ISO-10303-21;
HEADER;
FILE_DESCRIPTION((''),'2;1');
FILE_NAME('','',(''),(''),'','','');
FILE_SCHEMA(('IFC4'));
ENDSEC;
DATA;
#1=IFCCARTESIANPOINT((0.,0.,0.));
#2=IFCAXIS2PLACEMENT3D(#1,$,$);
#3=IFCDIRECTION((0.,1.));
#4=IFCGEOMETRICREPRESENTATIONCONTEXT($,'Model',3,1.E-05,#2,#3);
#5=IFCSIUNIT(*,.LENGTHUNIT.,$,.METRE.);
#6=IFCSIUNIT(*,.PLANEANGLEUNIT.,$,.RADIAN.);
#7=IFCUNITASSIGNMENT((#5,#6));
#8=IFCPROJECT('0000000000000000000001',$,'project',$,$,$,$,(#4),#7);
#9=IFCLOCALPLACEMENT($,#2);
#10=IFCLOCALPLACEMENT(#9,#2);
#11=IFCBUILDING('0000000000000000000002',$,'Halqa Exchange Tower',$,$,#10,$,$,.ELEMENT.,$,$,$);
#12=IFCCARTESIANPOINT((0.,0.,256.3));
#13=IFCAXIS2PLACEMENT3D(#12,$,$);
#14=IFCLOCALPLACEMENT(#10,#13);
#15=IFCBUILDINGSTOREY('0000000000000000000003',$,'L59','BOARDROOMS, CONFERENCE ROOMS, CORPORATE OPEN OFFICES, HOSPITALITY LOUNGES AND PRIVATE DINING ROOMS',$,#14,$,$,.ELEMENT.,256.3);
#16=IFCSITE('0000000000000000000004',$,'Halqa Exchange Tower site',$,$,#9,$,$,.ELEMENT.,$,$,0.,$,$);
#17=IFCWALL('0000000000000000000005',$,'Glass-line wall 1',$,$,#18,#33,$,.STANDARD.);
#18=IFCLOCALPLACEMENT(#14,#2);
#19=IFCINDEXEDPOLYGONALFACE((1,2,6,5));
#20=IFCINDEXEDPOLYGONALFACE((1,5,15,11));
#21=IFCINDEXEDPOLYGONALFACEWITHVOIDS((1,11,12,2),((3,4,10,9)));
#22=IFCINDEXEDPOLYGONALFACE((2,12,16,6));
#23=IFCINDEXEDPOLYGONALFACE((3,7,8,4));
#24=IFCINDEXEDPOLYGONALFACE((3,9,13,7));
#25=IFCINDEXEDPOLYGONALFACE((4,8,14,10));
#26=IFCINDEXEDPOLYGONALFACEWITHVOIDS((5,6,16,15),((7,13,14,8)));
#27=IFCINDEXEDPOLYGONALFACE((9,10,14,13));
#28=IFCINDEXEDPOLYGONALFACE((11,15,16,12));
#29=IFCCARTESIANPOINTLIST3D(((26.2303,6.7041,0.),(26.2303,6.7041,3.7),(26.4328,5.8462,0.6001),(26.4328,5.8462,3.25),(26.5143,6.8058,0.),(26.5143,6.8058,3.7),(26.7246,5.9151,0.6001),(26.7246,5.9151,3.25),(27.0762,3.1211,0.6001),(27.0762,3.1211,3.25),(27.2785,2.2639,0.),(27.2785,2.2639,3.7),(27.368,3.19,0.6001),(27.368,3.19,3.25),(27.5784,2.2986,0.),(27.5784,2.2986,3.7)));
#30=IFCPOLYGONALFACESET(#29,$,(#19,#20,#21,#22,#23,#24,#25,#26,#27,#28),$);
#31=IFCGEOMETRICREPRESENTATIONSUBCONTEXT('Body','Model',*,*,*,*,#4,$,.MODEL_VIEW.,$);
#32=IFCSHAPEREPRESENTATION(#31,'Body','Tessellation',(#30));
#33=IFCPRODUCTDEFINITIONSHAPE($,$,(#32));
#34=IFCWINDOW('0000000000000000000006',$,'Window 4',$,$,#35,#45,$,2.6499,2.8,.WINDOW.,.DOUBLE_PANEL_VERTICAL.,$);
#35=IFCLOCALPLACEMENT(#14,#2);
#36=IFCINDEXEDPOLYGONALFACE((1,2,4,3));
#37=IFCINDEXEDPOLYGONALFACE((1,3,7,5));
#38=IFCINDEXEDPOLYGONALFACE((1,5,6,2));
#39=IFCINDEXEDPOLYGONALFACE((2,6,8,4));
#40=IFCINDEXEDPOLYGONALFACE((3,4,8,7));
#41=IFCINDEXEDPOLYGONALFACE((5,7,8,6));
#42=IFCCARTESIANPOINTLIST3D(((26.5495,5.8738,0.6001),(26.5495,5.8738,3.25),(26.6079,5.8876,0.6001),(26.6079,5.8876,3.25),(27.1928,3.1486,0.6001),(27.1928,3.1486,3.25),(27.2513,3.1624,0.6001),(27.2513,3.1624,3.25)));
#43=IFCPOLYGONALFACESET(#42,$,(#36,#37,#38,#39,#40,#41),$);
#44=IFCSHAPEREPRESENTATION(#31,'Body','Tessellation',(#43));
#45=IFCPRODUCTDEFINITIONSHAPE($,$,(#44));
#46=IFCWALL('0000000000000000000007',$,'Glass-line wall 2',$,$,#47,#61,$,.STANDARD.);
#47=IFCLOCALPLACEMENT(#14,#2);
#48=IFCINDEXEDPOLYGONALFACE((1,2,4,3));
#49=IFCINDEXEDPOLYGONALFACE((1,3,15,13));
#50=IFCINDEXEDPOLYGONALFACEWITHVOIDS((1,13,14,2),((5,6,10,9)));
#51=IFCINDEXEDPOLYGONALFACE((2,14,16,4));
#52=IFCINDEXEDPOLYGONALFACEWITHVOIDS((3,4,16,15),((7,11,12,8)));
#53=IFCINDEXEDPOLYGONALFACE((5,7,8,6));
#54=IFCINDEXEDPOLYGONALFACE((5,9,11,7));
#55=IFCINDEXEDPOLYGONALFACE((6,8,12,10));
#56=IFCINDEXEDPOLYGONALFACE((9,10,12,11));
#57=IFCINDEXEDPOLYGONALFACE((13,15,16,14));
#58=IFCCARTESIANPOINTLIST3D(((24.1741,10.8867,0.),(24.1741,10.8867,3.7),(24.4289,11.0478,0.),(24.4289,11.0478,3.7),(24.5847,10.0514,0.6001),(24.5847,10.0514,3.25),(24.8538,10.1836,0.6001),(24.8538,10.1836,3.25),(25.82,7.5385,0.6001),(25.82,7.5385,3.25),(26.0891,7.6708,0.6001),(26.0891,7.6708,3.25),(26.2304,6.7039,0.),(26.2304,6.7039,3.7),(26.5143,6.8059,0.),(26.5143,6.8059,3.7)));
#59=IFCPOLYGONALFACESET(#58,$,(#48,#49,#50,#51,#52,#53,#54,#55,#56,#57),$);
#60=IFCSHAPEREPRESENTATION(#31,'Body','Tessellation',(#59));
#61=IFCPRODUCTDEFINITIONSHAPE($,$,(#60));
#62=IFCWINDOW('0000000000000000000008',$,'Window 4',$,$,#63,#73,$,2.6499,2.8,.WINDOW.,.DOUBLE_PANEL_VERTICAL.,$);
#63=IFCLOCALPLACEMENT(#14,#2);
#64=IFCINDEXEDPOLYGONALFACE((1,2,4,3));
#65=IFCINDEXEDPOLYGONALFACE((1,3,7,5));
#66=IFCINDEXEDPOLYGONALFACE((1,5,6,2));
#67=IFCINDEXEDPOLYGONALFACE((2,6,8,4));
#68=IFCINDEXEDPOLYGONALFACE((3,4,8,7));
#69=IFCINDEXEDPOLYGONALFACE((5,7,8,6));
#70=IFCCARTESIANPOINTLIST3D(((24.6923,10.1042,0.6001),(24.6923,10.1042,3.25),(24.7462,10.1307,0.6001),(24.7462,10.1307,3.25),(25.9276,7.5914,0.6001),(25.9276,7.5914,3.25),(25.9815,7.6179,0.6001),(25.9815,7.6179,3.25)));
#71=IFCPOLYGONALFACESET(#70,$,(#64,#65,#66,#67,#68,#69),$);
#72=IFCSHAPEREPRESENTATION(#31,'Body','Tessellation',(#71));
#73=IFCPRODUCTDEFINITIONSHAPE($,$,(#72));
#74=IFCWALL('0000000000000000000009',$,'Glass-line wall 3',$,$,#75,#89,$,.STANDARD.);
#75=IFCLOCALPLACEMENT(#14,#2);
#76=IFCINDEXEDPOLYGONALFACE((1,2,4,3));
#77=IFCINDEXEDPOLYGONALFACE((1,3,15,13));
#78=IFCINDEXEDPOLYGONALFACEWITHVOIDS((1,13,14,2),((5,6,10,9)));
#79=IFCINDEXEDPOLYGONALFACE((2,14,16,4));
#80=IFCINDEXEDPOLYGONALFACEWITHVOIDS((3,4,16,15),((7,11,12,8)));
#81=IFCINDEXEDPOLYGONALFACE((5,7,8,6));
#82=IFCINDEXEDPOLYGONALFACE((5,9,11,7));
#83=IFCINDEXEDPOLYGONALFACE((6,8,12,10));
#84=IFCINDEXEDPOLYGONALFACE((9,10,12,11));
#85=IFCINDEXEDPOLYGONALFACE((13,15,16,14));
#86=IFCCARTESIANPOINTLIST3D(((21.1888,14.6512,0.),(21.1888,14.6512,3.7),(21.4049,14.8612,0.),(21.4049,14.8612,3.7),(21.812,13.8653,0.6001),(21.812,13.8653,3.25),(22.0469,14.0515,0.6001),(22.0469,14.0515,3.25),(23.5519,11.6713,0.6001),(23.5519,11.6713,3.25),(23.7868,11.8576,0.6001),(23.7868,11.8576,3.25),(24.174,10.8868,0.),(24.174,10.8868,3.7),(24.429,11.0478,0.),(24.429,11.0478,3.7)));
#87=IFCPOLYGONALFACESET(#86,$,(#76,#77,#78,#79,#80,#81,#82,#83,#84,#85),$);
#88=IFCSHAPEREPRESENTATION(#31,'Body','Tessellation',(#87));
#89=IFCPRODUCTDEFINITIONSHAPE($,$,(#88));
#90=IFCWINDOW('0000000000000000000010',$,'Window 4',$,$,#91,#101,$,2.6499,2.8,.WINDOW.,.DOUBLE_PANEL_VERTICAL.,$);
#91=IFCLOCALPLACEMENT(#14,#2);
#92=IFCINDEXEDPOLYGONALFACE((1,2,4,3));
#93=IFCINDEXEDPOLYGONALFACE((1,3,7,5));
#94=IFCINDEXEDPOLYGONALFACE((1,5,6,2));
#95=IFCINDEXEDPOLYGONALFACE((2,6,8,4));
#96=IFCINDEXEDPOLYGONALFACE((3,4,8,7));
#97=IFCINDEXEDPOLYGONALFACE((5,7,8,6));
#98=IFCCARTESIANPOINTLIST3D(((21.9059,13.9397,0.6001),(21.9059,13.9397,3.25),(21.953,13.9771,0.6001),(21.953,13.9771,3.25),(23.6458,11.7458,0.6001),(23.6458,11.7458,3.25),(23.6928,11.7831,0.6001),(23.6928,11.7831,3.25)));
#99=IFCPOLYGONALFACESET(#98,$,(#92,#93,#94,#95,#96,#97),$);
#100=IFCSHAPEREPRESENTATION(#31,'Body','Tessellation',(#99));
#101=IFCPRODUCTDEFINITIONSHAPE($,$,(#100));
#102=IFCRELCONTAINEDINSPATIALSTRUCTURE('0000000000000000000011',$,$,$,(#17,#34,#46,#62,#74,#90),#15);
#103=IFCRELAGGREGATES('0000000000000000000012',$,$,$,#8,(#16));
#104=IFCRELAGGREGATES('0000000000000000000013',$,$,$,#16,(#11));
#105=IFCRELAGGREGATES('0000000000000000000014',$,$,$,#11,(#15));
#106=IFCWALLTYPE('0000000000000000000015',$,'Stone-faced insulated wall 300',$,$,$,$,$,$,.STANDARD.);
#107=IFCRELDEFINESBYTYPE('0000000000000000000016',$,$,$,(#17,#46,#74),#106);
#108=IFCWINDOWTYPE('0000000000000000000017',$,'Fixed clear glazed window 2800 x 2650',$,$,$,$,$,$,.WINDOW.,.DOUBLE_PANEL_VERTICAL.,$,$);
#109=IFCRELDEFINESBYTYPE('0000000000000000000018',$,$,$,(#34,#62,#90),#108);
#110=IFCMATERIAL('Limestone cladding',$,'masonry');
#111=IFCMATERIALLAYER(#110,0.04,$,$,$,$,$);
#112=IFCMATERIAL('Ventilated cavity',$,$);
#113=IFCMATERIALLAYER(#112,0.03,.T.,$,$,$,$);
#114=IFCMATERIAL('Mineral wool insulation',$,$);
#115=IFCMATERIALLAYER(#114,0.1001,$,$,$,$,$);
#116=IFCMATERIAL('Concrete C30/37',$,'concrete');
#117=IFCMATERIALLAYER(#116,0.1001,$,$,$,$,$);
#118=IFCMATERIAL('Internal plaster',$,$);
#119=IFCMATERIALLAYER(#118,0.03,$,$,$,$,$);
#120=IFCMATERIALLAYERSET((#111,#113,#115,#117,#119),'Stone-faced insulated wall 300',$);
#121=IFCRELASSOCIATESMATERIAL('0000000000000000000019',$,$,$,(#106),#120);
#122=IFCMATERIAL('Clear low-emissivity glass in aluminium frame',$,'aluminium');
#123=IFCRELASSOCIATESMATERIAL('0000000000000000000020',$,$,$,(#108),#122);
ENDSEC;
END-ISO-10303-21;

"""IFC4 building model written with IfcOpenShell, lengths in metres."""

from ifc_helpers import new_model, si_unit, direction, frame, frame_2d, origin, place, context, subcontext, project, spatial, polyline, rectangle, outline, extrude, material, layer, layer_set, type_object, element, fill, save


model = new_model("IFC4")

# Units and contexts
model_context = context("Model", 3, precision=1e-05, world=origin(), true_north=direction((0.0, 1.0)))
body_context = subcontext(model_context, "Body", "Model", "MODEL_VIEW")
ifc_project = project(units=[si_unit("LENGTHUNIT", "METRE"), si_unit("PLANEANGLEUNIT", "RADIAN")], contexts=[model_context])

# Site, building, storey
site_placement = place(None, origin())
site = spatial("IfcSite", under=ifc_project, at=site_placement, Name="Halqa Exchange Tower site", CompositionType="ELEMENT", RefElevation=0.0)
building_placement = place(site_placement, origin())
building = spatial("IfcBuilding", under=site, at=building_placement, Name="Halqa Exchange Tower", CompositionType="ELEMENT")
storey_placement = place(building_placement, frame((0.0, 0.0, 256.3)))
storey = spatial("IfcBuildingStorey", under=building, at=storey_placement, Name="L59", Description="BOARDROOMS, CONFERENCE ROOMS, CORPORATE OPEN OFFICES, HOSPITALITY LOUNGES AND PRIVATE DINING ROOMS", CompositionType="ELEMENT", Elevation=256.3)

# Walls, openings, windows
ifc_material_1 = material(Name="Limestone cladding", Category="masonry")
ifc_layer_1 = layer(ifc_material_1, 0.04)
ifc_material_2 = material(Name="Ventilated cavity")
ifc_layer_2 = layer(ifc_material_2, 0.03, ventilated=True)
ifc_material_3 = material(Name="Mineral wool insulation")
ifc_layer_3 = layer(ifc_material_3, 0.1001)
ifc_material_4 = material(Name="Concrete C30/37", Category="concrete")
ifc_layer_4 = layer(ifc_material_4, 0.1001)
ifc_material_5 = material(Name="Internal plaster")
ifc_layer_5 = layer(ifc_material_5, 0.03)
ifc_layer_set_1 = layer_set([ifc_layer_1, ifc_layer_2, ifc_layer_3, ifc_layer_4, ifc_layer_5], Name="Stone-faced insulated wall 300")
wall_type_1 = type_object("IfcWallType", Name="Stone-faced insulated wall 300", PredefinedType="STANDARD", material=ifc_layer_set_1)
wall_1_placement = place(storey_placement, frame((27.4285, 2.2812, 0.0), z_axis=(0.0, 0.0, 1.0), x_axis=(-0.229768, 0.973246, 0.0)))
wall_1 = element("IfcWall", 1, at=wall_1_placement, inside=storey, type_object=wall_type_1, Name="Glass-line wall 1", PredefinedType="STANDARD", context=body_context, shape_type="SweptSolid", body=[
    extrude(outline(polyline([(-0.0176, -0.1499), (4.6135, -0.1499), (4.5798, 0.1499), (0.0176, 0.1499), (-0.0176, -0.1499)])), origin(), (0.0, 0.0, 1.0), 3.7),
])
opening_1_placement = place(wall_1_placement, frame((0.8984, 0.0, 0.6001)))
opening_1 = element("IfcOpeningElement", 2, at=opening_1_placement, cuts=wall_1, PredefinedType="OPENING", context=body_context, shape_type="SweptSolid", body=[
    extrude(rectangle(XDim=2.8, YDim=2.6499, at=frame_2d((1.3999, 1.325))), frame((0.0, 0.1621, 0.0), z_axis=(0.0, -1.0, 0.0), x_axis=(1.0, 0.0, 0.0)), (0.0, 0.0, 1.0), 0.324),
])
ifc_material_6 = material(Name="Clear low-emissivity glass in aluminium frame", Category="aluminium")
window_type = type_object("IfcWindowType", Name="Fixed clear glazed window 2800 x 2650", PartitioningType="DOUBLE_PANEL_VERTICAL", PredefinedType="WINDOW", material=ifc_material_6)
window_1_placement = place(opening_1_placement, origin())
window_1 = element("IfcWindow", 3, at=window_1_placement, inside=storey, type_object=window_type, Name="Window 4", OverallHeight=2.6499, OverallWidth=2.8, PartitioningType="DOUBLE_PANEL_VERTICAL", PredefinedType="WINDOW", context=body_context, shape_type="SweptSolid", body=[
    extrude(rectangle(XDim=2.8, YDim=2.6499, at=frame_2d((1.3999, 1.325))), frame((0.0, 0.03, 0.0), z_axis=(0.0, -1.0, 0.0), x_axis=(1.0, 0.0, 0.0)), (0.0, 0.0, 1.0), 0.0601),
])
fill(opening_1, window_1)
wall_2_placement = place(storey_placement, frame((26.3723, 6.7549, 0.0), z_axis=(0.0, 0.0, 1.0), x_axis=(-0.44117, 0.897424, 0.0)))
wall_2 = element("IfcWall", 4, at=wall_2_placement, inside=storey, type_object=wall_type_1, Name="Glass-line wall 2", PredefinedType="STANDARD", context=body_context, shape_type="SweptSolid", body=[
    extrude(outline(polyline([(-0.0168, -0.1499), (4.71, -0.1499), (4.6777, 0.1499), (0.0168, 0.1499), (-0.0168, -0.1499)])), origin(), (0.0, 0.0, 1.0), 3.7),
])
opening_2_placement = place(wall_2_placement, frame((0.947, 0.0, 0.6001)))
opening_2 = element("IfcOpeningElement", 5, at=opening_2_placement, cuts=wall_2, PredefinedType="OPENING", context=body_context, shape_type="SweptSolid", body=[
    extrude(rectangle(XDim=2.8, YDim=2.6499, at=frame_2d((1.3999, 1.325))), frame((0.0, 0.1621, 0.0), z_axis=(0.0, -1.0, 0.0), x_axis=(1.0, 0.0, 0.0)), (0.0, 0.0, 1.0), 0.324),
])
window_2_placement = place(opening_2_placement, origin())
window_2 = element("IfcWindow", 6, at=window_2_placement, inside=storey, type_object=window_type, Name="Window 4", OverallHeight=2.6499, OverallWidth=2.8, PartitioningType="DOUBLE_PANEL_VERTICAL", PredefinedType="WINDOW", context=body_context, shape_type="SweptSolid", body=[
    extrude(rectangle(XDim=2.8, YDim=2.6499, at=frame_2d((1.3999, 1.325))), frame((0.0, 0.03, 0.0), z_axis=(0.0, -1.0, 0.0), x_axis=(1.0, 0.0, 0.0)), (0.0, 0.0, 1.0), 0.0601),
])
fill(opening_2, window_2)
wall_3_placement = place(storey_placement, frame((24.3015, 10.9673, 0.0), z_axis=(0.0, 0.0, 1.0), x_axis=(-0.621358, 0.783526, 0.0)))
wall_3 = element("IfcWall", 7, at=wall_3_placement, inside=storey, type_object=wall_type_1, Name="Glass-line wall 3", PredefinedType="STANDARD", context=body_context, shape_type="SweptSolid", body=[
    extrude(outline(polyline([(-0.0161, -0.1499), (4.8508, -0.1499), (4.8206, 0.1499), (0.0161, 0.1499), (-0.0161, -0.1499)])), origin(), (0.0, 0.0, 1.0), 3.7),
])
opening_3_placement = place(wall_3_placement, frame((1.0176, 0.0, 0.6001)))
opening_3 = element("IfcOpeningElement", 8, at=opening_3_placement, cuts=wall_3, PredefinedType="OPENING", context=body_context, shape_type="SweptSolid", body=[
    extrude(rectangle(XDim=2.8, YDim=2.6499, at=frame_2d((1.3999, 1.325))), frame((0.0, 0.1621, 0.0), z_axis=(0.0, -1.0, 0.0), x_axis=(1.0, 0.0, 0.0)), (0.0, 0.0, 1.0), 0.324),
])
window_3_placement = place(opening_3_placement, origin())
window_3 = element("IfcWindow", 9, at=window_3_placement, inside=storey, type_object=window_type, Name="Window 4", OverallHeight=2.6499, OverallWidth=2.8, PartitioningType="DOUBLE_PANEL_VERTICAL", PredefinedType="WINDOW", context=body_context, shape_type="SweptSolid", body=[
    extrude(rectangle(XDim=2.8, YDim=2.6499, at=frame_2d((1.3999, 1.325))), frame((0.0, 0.03, 0.0), z_axis=(0.0, -1.0, 0.0), x_axis=(1.0, 0.0, 0.0)), (0.0, 0.0, 1.0), 0.0601),
])
fill(opening_3, window_3)

save(model, "model.ifc")
